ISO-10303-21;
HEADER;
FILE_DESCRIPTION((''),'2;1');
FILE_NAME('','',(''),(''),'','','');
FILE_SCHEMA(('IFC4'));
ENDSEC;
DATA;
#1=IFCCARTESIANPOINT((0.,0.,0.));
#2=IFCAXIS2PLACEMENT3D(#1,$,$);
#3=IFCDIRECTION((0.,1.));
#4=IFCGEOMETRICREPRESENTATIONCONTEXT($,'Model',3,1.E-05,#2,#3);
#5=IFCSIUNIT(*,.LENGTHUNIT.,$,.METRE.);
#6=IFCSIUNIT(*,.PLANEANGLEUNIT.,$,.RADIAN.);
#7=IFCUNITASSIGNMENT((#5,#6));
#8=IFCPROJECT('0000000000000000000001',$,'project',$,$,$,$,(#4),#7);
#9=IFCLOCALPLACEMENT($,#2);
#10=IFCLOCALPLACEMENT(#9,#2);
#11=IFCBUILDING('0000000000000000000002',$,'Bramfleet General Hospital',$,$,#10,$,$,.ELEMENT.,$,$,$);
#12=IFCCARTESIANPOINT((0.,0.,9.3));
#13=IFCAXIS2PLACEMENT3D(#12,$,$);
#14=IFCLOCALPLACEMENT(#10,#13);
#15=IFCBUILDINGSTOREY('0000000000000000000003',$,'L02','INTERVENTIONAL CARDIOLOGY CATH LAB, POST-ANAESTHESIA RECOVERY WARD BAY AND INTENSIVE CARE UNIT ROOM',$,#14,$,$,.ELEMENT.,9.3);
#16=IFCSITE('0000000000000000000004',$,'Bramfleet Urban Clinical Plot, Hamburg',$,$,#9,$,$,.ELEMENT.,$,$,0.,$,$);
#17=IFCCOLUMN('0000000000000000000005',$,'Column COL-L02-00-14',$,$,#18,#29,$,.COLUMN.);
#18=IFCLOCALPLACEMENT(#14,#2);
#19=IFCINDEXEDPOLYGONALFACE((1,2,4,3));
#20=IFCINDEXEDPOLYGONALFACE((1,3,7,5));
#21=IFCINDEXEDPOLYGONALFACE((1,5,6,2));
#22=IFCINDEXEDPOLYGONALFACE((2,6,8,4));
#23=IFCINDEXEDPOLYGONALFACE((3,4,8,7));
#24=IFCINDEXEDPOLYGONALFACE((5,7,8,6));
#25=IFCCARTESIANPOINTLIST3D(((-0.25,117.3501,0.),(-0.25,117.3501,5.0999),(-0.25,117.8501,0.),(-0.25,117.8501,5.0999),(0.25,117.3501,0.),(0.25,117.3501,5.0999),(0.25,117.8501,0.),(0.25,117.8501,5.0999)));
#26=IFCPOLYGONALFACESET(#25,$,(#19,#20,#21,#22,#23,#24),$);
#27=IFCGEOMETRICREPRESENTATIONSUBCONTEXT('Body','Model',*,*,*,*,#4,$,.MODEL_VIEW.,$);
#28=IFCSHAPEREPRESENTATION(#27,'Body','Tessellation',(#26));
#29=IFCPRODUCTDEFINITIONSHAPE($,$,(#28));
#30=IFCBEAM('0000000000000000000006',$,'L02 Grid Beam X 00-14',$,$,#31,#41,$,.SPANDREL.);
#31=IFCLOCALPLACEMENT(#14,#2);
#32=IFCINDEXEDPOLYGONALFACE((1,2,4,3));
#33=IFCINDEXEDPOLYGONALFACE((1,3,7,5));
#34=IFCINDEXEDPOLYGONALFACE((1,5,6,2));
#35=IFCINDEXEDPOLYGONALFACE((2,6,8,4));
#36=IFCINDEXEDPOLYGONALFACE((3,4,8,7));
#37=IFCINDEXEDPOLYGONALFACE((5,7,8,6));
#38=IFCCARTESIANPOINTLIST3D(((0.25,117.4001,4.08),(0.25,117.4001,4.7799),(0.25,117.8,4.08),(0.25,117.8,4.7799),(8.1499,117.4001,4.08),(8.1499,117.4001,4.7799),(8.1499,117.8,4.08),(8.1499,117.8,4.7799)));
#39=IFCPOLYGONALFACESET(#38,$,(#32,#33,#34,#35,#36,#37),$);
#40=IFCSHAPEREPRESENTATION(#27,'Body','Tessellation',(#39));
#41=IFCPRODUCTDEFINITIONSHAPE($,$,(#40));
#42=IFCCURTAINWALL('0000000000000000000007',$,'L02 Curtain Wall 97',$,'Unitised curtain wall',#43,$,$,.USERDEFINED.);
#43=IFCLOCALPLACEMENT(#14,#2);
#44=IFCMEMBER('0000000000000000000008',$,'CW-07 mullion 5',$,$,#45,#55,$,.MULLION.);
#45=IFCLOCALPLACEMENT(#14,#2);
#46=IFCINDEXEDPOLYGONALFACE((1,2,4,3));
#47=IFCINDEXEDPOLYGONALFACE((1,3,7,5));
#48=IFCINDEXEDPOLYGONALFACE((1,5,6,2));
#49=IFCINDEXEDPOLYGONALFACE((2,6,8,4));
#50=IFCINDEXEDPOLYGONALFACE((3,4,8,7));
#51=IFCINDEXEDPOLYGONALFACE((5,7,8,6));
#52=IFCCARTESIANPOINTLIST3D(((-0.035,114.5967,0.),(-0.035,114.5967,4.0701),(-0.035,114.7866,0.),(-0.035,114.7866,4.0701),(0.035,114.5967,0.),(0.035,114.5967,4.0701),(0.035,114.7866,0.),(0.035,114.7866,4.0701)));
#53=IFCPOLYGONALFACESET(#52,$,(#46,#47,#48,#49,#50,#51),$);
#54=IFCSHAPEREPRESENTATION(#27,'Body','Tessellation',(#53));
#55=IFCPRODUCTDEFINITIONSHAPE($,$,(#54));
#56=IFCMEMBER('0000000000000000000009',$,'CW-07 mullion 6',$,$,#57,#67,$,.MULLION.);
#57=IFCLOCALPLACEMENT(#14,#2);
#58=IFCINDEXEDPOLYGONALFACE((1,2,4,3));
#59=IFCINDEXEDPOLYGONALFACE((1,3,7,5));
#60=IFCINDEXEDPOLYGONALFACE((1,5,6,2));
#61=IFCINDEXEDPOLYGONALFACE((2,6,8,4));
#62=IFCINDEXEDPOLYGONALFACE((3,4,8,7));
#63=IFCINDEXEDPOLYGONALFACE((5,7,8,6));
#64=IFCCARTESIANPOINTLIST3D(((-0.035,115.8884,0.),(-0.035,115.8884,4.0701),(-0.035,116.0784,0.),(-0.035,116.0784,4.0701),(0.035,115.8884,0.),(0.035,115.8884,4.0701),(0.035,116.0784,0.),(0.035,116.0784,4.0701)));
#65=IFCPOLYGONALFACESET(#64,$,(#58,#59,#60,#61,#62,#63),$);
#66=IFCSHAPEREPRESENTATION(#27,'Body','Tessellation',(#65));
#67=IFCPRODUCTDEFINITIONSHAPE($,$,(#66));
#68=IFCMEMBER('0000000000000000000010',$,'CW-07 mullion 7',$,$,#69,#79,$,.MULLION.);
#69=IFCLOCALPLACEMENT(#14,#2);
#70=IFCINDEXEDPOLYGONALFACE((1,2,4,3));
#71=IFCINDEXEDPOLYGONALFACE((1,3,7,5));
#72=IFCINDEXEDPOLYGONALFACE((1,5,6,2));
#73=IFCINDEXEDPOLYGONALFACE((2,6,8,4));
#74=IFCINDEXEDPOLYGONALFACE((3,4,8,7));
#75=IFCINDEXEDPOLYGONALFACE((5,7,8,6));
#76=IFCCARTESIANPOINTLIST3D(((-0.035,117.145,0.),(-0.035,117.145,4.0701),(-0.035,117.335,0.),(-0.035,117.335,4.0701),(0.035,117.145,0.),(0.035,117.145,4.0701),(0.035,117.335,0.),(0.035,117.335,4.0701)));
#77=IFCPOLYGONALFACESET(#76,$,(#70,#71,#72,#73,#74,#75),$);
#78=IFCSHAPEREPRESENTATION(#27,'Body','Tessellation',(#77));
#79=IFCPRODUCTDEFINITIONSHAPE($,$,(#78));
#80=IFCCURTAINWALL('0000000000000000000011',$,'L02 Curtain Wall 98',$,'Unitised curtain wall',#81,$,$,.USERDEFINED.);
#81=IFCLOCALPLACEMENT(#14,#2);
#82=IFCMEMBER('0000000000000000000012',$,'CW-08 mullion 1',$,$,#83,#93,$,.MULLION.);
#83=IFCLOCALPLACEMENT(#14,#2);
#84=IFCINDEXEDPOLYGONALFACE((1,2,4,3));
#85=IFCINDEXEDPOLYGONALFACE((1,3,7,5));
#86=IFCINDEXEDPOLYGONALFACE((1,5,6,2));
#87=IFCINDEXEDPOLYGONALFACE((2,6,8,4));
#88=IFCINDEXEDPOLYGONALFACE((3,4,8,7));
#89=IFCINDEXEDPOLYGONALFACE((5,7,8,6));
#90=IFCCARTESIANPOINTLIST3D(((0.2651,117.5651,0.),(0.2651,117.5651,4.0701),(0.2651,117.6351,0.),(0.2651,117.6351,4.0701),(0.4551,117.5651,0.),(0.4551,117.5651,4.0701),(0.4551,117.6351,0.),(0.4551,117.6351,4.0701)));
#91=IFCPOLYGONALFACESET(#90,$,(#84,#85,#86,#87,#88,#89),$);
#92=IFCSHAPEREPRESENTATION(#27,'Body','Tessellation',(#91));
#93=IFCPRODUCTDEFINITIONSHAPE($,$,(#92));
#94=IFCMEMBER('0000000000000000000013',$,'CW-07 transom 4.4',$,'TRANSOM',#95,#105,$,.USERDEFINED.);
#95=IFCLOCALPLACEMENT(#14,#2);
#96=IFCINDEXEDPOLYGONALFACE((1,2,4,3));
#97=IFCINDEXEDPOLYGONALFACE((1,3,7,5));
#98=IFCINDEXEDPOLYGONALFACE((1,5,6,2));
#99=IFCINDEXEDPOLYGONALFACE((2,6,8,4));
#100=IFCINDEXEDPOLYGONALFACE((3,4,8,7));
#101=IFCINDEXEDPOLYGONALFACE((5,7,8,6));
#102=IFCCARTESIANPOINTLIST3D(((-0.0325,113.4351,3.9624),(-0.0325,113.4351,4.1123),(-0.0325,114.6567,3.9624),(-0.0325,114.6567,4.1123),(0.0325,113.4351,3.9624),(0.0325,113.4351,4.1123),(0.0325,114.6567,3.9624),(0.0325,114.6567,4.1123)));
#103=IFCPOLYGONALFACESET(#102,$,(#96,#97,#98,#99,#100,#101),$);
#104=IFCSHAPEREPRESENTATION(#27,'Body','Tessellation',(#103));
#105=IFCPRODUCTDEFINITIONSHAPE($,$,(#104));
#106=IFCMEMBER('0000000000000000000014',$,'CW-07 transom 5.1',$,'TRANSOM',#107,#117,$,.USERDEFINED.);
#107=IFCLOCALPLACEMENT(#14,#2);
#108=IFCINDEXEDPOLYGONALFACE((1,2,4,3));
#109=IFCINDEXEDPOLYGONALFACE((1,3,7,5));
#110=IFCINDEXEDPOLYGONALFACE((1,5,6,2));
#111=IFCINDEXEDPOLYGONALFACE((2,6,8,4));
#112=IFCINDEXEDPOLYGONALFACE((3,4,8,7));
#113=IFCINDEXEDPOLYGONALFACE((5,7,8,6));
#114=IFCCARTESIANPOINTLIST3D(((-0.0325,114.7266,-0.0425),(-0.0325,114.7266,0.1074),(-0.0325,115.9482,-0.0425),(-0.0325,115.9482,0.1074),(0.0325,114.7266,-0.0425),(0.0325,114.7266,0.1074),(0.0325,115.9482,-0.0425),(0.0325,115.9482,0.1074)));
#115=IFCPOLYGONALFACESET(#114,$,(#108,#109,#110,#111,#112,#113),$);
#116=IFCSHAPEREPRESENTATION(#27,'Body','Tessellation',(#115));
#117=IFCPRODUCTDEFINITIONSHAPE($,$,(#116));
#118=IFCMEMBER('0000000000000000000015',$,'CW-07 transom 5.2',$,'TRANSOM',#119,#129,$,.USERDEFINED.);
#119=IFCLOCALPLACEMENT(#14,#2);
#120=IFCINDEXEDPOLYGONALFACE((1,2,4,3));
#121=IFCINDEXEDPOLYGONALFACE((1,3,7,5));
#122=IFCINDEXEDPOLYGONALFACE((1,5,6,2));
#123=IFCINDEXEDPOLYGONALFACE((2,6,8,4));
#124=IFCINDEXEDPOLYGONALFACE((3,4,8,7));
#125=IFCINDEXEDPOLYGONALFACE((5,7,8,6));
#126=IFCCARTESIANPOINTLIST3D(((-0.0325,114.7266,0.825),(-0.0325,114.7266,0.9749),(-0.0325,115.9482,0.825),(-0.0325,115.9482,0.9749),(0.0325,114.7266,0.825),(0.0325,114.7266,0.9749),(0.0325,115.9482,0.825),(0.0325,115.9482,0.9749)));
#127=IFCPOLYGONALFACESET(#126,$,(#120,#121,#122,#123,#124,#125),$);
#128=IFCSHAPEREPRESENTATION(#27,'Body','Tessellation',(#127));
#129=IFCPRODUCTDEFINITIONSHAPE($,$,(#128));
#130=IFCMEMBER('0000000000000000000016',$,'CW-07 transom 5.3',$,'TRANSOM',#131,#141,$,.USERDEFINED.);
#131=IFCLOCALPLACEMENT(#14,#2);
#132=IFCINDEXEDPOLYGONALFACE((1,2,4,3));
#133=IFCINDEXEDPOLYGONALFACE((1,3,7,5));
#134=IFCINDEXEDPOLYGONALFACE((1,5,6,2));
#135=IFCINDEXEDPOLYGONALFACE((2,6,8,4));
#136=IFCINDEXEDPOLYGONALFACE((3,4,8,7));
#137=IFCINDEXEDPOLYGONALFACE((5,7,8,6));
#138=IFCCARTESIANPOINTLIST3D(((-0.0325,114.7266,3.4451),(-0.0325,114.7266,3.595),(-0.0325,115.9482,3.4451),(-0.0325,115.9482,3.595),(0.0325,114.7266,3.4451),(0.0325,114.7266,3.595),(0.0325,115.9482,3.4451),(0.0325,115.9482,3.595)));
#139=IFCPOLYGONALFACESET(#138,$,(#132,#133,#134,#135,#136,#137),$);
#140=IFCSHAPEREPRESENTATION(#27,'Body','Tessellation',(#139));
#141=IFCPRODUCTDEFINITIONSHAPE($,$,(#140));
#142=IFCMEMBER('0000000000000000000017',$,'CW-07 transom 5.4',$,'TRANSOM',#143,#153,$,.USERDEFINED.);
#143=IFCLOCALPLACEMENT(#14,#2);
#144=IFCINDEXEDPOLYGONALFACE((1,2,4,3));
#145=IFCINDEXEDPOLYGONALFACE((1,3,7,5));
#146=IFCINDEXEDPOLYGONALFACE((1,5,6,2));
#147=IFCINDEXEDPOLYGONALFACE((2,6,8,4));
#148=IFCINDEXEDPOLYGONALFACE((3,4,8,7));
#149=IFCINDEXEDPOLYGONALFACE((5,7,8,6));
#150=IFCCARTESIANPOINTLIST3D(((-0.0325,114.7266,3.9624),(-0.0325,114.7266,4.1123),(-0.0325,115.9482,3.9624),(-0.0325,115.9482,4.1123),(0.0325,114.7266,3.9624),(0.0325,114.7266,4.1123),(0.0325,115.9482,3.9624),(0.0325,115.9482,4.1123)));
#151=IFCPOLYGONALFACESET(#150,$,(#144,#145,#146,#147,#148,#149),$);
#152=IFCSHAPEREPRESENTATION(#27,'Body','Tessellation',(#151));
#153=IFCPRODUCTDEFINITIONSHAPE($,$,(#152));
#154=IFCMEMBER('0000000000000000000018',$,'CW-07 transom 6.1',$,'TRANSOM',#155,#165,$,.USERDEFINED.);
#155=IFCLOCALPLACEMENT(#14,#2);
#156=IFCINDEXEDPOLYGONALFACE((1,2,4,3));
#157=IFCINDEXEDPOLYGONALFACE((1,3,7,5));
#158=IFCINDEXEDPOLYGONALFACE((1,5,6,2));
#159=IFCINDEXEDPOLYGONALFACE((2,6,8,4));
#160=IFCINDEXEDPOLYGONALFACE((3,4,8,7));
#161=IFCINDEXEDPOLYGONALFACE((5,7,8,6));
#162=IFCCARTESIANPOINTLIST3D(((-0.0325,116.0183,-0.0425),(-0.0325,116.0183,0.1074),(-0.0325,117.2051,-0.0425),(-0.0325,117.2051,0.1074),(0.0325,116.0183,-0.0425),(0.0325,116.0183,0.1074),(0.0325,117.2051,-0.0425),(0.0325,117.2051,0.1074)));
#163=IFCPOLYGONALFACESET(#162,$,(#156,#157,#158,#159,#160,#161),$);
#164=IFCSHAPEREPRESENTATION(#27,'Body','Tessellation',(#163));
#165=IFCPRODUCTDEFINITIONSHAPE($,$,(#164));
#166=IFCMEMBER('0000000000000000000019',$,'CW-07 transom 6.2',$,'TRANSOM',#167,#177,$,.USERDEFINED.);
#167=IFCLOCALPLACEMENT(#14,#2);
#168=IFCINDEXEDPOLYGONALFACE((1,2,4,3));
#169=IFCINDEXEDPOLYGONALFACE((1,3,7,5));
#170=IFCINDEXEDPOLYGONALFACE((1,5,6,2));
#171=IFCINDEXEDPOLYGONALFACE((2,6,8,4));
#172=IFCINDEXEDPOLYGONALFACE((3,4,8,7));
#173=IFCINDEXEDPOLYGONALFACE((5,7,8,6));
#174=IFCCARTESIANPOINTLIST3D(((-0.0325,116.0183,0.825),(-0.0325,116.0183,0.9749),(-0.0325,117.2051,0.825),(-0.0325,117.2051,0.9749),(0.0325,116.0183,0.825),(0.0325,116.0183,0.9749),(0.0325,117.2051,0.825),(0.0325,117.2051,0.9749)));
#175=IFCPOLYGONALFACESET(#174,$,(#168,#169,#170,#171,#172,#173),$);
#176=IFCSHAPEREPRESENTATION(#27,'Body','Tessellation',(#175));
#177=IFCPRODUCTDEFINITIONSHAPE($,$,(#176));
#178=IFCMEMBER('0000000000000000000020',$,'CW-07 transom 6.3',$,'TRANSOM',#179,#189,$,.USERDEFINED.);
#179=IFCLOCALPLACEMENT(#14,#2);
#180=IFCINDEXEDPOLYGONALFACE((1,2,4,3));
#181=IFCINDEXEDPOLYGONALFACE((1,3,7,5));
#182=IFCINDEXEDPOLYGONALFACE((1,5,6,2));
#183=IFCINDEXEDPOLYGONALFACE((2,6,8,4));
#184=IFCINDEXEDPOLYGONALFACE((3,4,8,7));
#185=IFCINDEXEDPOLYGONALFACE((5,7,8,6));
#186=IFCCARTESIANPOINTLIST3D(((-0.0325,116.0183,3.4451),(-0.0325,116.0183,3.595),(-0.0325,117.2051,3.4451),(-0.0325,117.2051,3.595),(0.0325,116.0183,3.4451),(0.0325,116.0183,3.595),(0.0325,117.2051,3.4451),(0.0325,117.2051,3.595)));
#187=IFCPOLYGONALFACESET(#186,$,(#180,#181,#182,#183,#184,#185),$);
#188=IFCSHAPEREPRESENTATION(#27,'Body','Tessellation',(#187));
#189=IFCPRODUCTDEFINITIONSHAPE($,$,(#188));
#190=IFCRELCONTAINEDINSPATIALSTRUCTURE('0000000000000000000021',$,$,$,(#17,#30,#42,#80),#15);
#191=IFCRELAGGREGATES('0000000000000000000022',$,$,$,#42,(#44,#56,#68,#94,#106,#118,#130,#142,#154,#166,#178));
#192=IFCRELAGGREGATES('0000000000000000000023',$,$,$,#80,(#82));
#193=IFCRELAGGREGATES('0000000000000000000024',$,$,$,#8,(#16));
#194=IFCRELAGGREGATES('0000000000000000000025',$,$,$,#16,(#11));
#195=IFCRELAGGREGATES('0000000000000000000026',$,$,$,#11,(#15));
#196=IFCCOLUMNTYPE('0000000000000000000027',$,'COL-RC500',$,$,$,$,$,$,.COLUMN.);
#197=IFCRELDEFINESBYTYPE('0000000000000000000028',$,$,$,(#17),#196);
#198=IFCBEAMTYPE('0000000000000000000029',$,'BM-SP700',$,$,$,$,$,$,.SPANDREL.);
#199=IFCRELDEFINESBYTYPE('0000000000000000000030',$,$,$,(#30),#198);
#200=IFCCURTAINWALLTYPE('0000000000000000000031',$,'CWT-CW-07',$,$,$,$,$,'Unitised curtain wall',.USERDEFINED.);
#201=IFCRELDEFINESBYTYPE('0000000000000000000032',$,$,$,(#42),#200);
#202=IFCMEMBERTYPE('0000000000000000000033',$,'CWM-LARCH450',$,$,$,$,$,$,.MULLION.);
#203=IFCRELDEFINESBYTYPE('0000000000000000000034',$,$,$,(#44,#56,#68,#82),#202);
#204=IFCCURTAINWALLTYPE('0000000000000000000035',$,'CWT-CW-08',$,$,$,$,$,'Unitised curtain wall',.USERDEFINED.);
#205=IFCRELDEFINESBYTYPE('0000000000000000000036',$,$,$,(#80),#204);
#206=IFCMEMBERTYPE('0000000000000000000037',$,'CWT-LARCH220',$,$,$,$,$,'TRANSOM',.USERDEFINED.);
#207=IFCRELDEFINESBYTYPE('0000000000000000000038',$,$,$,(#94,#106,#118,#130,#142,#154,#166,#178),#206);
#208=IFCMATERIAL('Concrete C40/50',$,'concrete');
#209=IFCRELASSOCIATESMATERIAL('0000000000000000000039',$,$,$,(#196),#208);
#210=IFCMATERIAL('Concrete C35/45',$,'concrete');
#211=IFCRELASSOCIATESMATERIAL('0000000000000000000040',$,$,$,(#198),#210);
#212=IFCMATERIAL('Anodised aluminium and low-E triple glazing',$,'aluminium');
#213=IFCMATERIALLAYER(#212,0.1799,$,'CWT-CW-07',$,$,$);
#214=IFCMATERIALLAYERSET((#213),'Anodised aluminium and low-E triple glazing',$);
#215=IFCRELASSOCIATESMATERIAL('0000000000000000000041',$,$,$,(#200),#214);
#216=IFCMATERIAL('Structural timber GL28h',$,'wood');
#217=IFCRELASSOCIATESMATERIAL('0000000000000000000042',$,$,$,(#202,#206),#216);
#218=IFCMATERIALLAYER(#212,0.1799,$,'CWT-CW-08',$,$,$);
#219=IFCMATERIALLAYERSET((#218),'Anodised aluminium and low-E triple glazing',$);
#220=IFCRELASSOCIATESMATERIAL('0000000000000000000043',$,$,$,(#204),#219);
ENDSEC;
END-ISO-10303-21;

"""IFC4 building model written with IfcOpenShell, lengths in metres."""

from ifc_helpers import new_model, si_unit, direction, frame, origin, origin_2d, place, context, subcontext, project, spatial, rectangle, extrude, material, layer, layer_set, material_profile, profile_set, type_object, element, aggregate, save


model = new_model("IFC4")

# Units and contexts
model_context = context("Model", 3, precision=1e-05, world=origin(), true_north=direction((0.0, 1.0)))
body_context = subcontext(model_context, "Body", "Model", "MODEL_VIEW")
ifc_project = project(units=[si_unit("LENGTHUNIT", "METRE"), si_unit("PLANEANGLEUNIT", "RADIAN")], contexts=[model_context])

# Site, building, storey
site_placement = place(None, origin())
site = spatial("IfcSite", under=ifc_project, at=site_placement, Name="Bramfleet Urban Clinical Plot, Hamburg", CompositionType="ELEMENT", RefElevation=0.0)
building_placement = place(site_placement, origin())
building = spatial("IfcBuilding", under=site, at=building_placement, Name="Bramfleet General Hospital", CompositionType="ELEMENT")
storey_placement = place(building_placement, frame((0.0, 0.0, 9.3)))
storey = spatial("IfcBuildingStorey", under=building, at=storey_placement, Name="L02", Description="INTERVENTIONAL CARDIOLOGY CATH LAB, POST-ANAESTHESIA RECOVERY WARD BAY AND INTENSIVE CARE UNIT ROOM", CompositionType="ELEMENT", Elevation=9.3)

# Column
ifc_material_1 = material(Name="Concrete C40/50", Category="concrete")
ifc_material_profile_1 = material_profile(ifc_material_1, rectangle(XDim=0.5, YDim=0.5, at=origin_2d()), Name="RC COL 500x500")
ifc_profile_set_1 = profile_set([ifc_material_profile_1], Name="Concrete C40/50")
column_type = type_object("IfcColumnType", Name="COL-RC500", PredefinedType="COLUMN", material=ifc_profile_set_1)
column_placement = place(storey_placement, frame((0.0, 117.6001, 0.0), z_axis=(0.0, 0.0, 1.0), x_axis=(1.0, 0.0, 0.0)))
element("IfcColumn", 1, at=column_placement, inside=storey, type_object=column_type, Name="Column COL-L02-00-14", PredefinedType="COLUMN", context=body_context, shape_type="SweptSolid", body=[
    extrude(rectangle(XDim=0.5, YDim=0.5, at=origin_2d()), origin(), (0.0, 0.0, 1.0), 5.0999),
])

# Beam
ifc_material_2 = material(Name="Concrete C35/45", Category="concrete")
ifc_material_profile_2 = material_profile(ifc_material_2, rectangle(XDim=0.3999, YDim=0.7, at=origin_2d()), Name="RC SP 700x400")
ifc_profile_set_2 = profile_set([ifc_material_profile_2], Name="Concrete C35/45")
beam_type = type_object("IfcBeamType", Name="BM-SP700", PredefinedType="SPANDREL", material=ifc_profile_set_2)
beam_placement = place(storey_placement, frame((0.25, 117.6001, 4.4299), z_axis=(1.0, 0.0, 0.0), x_axis=(0.0, 1.0, 0.0)))
element("IfcBeam", 2, at=beam_placement, inside=storey, type_object=beam_type, Name="L02 Grid Beam X 00-14", PredefinedType="SPANDREL", context=body_context, shape_type="SweptSolid", body=[
    extrude(rectangle(XDim=0.3999, YDim=0.7, at=origin_2d()), origin(), (0.0, 0.0, 1.0), 7.8999),
])

# Curtain wall, members
ifc_material_3 = material(Name="Anodised aluminium and low-E triple glazing", Category="aluminium")
ifc_layer_1 = layer(ifc_material_3, 0.1799, Name="CWT-CW-07")
ifc_layer_set_1 = layer_set([ifc_layer_1], Name="Anodised aluminium and low-E triple glazing")
curtain_wall_type_1 = type_object("IfcCurtainWallType", Name="CWT-CW-07", ElementType="Unitised curtain wall", PredefinedType="USERDEFINED", material=ifc_layer_set_1)
curtain_wall_1_placement = place(storey_placement, origin())
curtain_wall_1 = element("IfcCurtainWall", 3, at=curtain_wall_1_placement, inside=storey, type_object=curtain_wall_type_1, Name="L02 Curtain Wall 97", ObjectType="Unitised curtain wall", PredefinedType="USERDEFINED")
ifc_material_4 = material(Name="Structural timber GL28h", Category="wood")
ifc_material_profile_3 = material_profile(ifc_material_4, rectangle(XDim=0.0701, YDim=0.1899, at=origin_2d()), Name="LARCH 190x70")
ifc_profile_set_3 = profile_set([ifc_material_profile_3], Name="Structural timber GL28h")
member_type_1 = type_object("IfcMemberType", Name="CWM-LARCH450", PredefinedType="MULLION", material=ifc_profile_set_3)
member_1_placement = place(storey_placement, frame((0.0, 114.6917, 0.0), z_axis=(0.0, 0.0, 1.0), x_axis=(-1.0, 0.0, 0.0)))
member_1 = element("IfcMember", 4, at=member_1_placement, type_object=member_type_1, Name="CW-07 mullion 5", PredefinedType="MULLION", context=body_context, shape_type="SweptSolid", body=[
    extrude(rectangle(XDim=0.0701, YDim=0.1899, at=origin_2d()), origin(), (0.0, 0.0, 1.0), 4.0701),
])
member_2_placement = place(storey_placement, frame((0.0, 115.9834, 0.0), z_axis=(0.0, 0.0, 1.0), x_axis=(-1.0, 0.0, 0.0)))
member_2 = element("IfcMember", 5, at=member_2_placement, type_object=member_type_1, Name="CW-07 mullion 6", PredefinedType="MULLION", context=body_context, shape_type="SweptSolid", body=[
    extrude(rectangle(XDim=0.0701, YDim=0.1899, at=origin_2d()), origin(), (0.0, 0.0, 1.0), 4.0701),
])
member_3_placement = place(storey_placement, frame((0.0, 117.24, 0.0), z_axis=(0.0, 0.0, 1.0), x_axis=(-1.0, 0.0, 0.0)))
member_3 = element("IfcMember", 6, at=member_3_placement, type_object=member_type_1, Name="CW-07 mullion 7", PredefinedType="MULLION", context=body_context, shape_type="SweptSolid", body=[
    extrude(rectangle(XDim=0.0701, YDim=0.1899, at=origin_2d()), origin(), (0.0, 0.0, 1.0), 4.0701),
])

# Curtain wall, member
ifc_layer_2 = layer(ifc_material_3, 0.1799, Name="CWT-CW-08")
ifc_layer_set_2 = layer_set([ifc_layer_2], Name="Anodised aluminium and low-E triple glazing")
curtain_wall_type_2 = type_object("IfcCurtainWallType", Name="CWT-CW-08", ElementType="Unitised curtain wall", PredefinedType="USERDEFINED", material=ifc_layer_set_2)
curtain_wall_2_placement = place(storey_placement, origin())
curtain_wall_2 = element("IfcCurtainWall", 7, at=curtain_wall_2_placement, inside=storey, type_object=curtain_wall_type_2, Name="L02 Curtain Wall 98", ObjectType="Unitised curtain wall", PredefinedType="USERDEFINED")
member_4_placement = place(storey_placement, frame((0.3601, 117.6001, 0.0), z_axis=(0.0, 0.0, 1.0), x_axis=(0.0, 1.0, 0.0)))
member_4 = element("IfcMember", 8, at=member_4_placement, type_object=member_type_1, Name="CW-08 mullion 1", PredefinedType="MULLION", context=body_context, shape_type="SweptSolid", body=[
    extrude(rectangle(XDim=0.0701, YDim=0.1899, at=origin_2d()), origin(), (0.0, 0.0, 1.0), 4.0701),
])

# Members
ifc_material_profile_4 = material_profile(ifc_material_4, rectangle(XDim=0.0649, YDim=0.1499, at=origin_2d()), Name="LARCH 150x65")
ifc_profile_set_4 = profile_set([ifc_material_profile_4], Name="Structural timber GL28h")
member_type_2 = type_object("IfcMemberType", Name="CWT-LARCH220", ElementType="TRANSOM", PredefinedType="USERDEFINED", material=ifc_profile_set_4)
member_5_placement = place(storey_placement, frame((0.0, 113.4351, 4.0374), z_axis=(0.0, 1.0, 0.0), x_axis=(-1.0, 0.0, 0.0)))
member_5 = element("IfcMember", 9, at=member_5_placement, type_object=member_type_2, Name="CW-07 transom 4.4", ObjectType="TRANSOM", PredefinedType="USERDEFINED", context=body_context, shape_type="SweptSolid", body=[
    extrude(rectangle(XDim=0.0649, YDim=0.1499, at=origin_2d()), origin(), (0.0, 0.0, 1.0), 1.2217),
])
member_6_placement = place(storey_placement, frame((0.0, 114.7266, 0.0325), z_axis=(0.0, 1.0, 0.0), x_axis=(-1.0, 0.0, 0.0)))
member_6 = element("IfcMember", 10, at=member_6_placement, type_object=member_type_2, Name="CW-07 transom 5.1", ObjectType="TRANSOM", PredefinedType="USERDEFINED", context=body_context, shape_type="SweptSolid", body=[
    extrude(rectangle(XDim=0.0649, YDim=0.1499, at=origin_2d()), origin(), (0.0, 0.0, 1.0), 1.2217),
])
member_7_placement = place(storey_placement, frame((0.0, 114.7266, 0.8999), z_axis=(0.0, 1.0, 0.0), x_axis=(-1.0, 0.0, 0.0)))
member_7 = element("IfcMember", 11, at=member_7_placement, type_object=member_type_2, Name="CW-07 transom 5.2", ObjectType="TRANSOM", PredefinedType="USERDEFINED", context=body_context, shape_type="SweptSolid", body=[
    extrude(rectangle(XDim=0.0649, YDim=0.1499, at=origin_2d()), origin(), (0.0, 0.0, 1.0), 1.2217),
])
member_8_placement = place(storey_placement, frame((0.0, 114.7266, 3.52), z_axis=(0.0, 1.0, 0.0), x_axis=(-1.0, 0.0, 0.0)))
member_8 = element("IfcMember", 12, at=member_8_placement, type_object=member_type_2, Name="CW-07 transom 5.3", ObjectType="TRANSOM", PredefinedType="USERDEFINED", context=body_context, shape_type="SweptSolid", body=[
    extrude(rectangle(XDim=0.0649, YDim=0.1499, at=origin_2d()), origin(), (0.0, 0.0, 1.0), 1.2217),
])
member_9_placement = place(storey_placement, frame((0.0, 114.7266, 4.0374), z_axis=(0.0, 1.0, 0.0), x_axis=(-1.0, 0.0, 0.0)))
member_9 = element("IfcMember", 13, at=member_9_placement, type_object=member_type_2, Name="CW-07 transom 5.4", ObjectType="TRANSOM", PredefinedType="USERDEFINED", context=body_context, shape_type="SweptSolid", body=[
    extrude(rectangle(XDim=0.0649, YDim=0.1499, at=origin_2d()), origin(), (0.0, 0.0, 1.0), 1.2217),
])
member_10_placement = place(storey_placement, frame((0.0, 116.0183, 0.0325), z_axis=(0.0, 1.0, 0.0), x_axis=(-1.0, 0.0, 0.0)))
member_10 = element("IfcMember", 14, at=member_10_placement, type_object=member_type_2, Name="CW-07 transom 6.1", ObjectType="TRANSOM", PredefinedType="USERDEFINED", context=body_context, shape_type="SweptSolid", body=[
    extrude(rectangle(XDim=0.0649, YDim=0.1499, at=origin_2d()), origin(), (0.0, 0.0, 1.0), 1.1868),
])
member_11_placement = place(storey_placement, frame((0.0, 116.0183, 0.8999), z_axis=(0.0, 1.0, 0.0), x_axis=(-1.0, 0.0, 0.0)))
member_11 = element("IfcMember", 15, at=member_11_placement, type_object=member_type_2, Name="CW-07 transom 6.2", ObjectType="TRANSOM", PredefinedType="USERDEFINED", context=body_context, shape_type="SweptSolid", body=[
    extrude(rectangle(XDim=0.0649, YDim=0.1499, at=origin_2d()), origin(), (0.0, 0.0, 1.0), 1.1868),
])
member_12_placement = place(storey_placement, frame((0.0, 116.0183, 3.52), z_axis=(0.0, 1.0, 0.0), x_axis=(-1.0, 0.0, 0.0)))
member_12 = element("IfcMember", 16, at=member_12_placement, type_object=member_type_2, Name="CW-07 transom 6.3", ObjectType="TRANSOM", PredefinedType="USERDEFINED", context=body_context, shape_type="SweptSolid", body=[
    extrude(rectangle(XDim=0.0649, YDim=0.1499, at=origin_2d()), origin(), (0.0, 0.0, 1.0), 1.1868),
])

aggregate(curtain_wall_1, [member_1, member_2, member_3, member_5, member_6, member_7, member_8, member_9, member_10, member_11, member_12])
aggregate(curtain_wall_2, [member_4])

save(model, "model.ifc")
